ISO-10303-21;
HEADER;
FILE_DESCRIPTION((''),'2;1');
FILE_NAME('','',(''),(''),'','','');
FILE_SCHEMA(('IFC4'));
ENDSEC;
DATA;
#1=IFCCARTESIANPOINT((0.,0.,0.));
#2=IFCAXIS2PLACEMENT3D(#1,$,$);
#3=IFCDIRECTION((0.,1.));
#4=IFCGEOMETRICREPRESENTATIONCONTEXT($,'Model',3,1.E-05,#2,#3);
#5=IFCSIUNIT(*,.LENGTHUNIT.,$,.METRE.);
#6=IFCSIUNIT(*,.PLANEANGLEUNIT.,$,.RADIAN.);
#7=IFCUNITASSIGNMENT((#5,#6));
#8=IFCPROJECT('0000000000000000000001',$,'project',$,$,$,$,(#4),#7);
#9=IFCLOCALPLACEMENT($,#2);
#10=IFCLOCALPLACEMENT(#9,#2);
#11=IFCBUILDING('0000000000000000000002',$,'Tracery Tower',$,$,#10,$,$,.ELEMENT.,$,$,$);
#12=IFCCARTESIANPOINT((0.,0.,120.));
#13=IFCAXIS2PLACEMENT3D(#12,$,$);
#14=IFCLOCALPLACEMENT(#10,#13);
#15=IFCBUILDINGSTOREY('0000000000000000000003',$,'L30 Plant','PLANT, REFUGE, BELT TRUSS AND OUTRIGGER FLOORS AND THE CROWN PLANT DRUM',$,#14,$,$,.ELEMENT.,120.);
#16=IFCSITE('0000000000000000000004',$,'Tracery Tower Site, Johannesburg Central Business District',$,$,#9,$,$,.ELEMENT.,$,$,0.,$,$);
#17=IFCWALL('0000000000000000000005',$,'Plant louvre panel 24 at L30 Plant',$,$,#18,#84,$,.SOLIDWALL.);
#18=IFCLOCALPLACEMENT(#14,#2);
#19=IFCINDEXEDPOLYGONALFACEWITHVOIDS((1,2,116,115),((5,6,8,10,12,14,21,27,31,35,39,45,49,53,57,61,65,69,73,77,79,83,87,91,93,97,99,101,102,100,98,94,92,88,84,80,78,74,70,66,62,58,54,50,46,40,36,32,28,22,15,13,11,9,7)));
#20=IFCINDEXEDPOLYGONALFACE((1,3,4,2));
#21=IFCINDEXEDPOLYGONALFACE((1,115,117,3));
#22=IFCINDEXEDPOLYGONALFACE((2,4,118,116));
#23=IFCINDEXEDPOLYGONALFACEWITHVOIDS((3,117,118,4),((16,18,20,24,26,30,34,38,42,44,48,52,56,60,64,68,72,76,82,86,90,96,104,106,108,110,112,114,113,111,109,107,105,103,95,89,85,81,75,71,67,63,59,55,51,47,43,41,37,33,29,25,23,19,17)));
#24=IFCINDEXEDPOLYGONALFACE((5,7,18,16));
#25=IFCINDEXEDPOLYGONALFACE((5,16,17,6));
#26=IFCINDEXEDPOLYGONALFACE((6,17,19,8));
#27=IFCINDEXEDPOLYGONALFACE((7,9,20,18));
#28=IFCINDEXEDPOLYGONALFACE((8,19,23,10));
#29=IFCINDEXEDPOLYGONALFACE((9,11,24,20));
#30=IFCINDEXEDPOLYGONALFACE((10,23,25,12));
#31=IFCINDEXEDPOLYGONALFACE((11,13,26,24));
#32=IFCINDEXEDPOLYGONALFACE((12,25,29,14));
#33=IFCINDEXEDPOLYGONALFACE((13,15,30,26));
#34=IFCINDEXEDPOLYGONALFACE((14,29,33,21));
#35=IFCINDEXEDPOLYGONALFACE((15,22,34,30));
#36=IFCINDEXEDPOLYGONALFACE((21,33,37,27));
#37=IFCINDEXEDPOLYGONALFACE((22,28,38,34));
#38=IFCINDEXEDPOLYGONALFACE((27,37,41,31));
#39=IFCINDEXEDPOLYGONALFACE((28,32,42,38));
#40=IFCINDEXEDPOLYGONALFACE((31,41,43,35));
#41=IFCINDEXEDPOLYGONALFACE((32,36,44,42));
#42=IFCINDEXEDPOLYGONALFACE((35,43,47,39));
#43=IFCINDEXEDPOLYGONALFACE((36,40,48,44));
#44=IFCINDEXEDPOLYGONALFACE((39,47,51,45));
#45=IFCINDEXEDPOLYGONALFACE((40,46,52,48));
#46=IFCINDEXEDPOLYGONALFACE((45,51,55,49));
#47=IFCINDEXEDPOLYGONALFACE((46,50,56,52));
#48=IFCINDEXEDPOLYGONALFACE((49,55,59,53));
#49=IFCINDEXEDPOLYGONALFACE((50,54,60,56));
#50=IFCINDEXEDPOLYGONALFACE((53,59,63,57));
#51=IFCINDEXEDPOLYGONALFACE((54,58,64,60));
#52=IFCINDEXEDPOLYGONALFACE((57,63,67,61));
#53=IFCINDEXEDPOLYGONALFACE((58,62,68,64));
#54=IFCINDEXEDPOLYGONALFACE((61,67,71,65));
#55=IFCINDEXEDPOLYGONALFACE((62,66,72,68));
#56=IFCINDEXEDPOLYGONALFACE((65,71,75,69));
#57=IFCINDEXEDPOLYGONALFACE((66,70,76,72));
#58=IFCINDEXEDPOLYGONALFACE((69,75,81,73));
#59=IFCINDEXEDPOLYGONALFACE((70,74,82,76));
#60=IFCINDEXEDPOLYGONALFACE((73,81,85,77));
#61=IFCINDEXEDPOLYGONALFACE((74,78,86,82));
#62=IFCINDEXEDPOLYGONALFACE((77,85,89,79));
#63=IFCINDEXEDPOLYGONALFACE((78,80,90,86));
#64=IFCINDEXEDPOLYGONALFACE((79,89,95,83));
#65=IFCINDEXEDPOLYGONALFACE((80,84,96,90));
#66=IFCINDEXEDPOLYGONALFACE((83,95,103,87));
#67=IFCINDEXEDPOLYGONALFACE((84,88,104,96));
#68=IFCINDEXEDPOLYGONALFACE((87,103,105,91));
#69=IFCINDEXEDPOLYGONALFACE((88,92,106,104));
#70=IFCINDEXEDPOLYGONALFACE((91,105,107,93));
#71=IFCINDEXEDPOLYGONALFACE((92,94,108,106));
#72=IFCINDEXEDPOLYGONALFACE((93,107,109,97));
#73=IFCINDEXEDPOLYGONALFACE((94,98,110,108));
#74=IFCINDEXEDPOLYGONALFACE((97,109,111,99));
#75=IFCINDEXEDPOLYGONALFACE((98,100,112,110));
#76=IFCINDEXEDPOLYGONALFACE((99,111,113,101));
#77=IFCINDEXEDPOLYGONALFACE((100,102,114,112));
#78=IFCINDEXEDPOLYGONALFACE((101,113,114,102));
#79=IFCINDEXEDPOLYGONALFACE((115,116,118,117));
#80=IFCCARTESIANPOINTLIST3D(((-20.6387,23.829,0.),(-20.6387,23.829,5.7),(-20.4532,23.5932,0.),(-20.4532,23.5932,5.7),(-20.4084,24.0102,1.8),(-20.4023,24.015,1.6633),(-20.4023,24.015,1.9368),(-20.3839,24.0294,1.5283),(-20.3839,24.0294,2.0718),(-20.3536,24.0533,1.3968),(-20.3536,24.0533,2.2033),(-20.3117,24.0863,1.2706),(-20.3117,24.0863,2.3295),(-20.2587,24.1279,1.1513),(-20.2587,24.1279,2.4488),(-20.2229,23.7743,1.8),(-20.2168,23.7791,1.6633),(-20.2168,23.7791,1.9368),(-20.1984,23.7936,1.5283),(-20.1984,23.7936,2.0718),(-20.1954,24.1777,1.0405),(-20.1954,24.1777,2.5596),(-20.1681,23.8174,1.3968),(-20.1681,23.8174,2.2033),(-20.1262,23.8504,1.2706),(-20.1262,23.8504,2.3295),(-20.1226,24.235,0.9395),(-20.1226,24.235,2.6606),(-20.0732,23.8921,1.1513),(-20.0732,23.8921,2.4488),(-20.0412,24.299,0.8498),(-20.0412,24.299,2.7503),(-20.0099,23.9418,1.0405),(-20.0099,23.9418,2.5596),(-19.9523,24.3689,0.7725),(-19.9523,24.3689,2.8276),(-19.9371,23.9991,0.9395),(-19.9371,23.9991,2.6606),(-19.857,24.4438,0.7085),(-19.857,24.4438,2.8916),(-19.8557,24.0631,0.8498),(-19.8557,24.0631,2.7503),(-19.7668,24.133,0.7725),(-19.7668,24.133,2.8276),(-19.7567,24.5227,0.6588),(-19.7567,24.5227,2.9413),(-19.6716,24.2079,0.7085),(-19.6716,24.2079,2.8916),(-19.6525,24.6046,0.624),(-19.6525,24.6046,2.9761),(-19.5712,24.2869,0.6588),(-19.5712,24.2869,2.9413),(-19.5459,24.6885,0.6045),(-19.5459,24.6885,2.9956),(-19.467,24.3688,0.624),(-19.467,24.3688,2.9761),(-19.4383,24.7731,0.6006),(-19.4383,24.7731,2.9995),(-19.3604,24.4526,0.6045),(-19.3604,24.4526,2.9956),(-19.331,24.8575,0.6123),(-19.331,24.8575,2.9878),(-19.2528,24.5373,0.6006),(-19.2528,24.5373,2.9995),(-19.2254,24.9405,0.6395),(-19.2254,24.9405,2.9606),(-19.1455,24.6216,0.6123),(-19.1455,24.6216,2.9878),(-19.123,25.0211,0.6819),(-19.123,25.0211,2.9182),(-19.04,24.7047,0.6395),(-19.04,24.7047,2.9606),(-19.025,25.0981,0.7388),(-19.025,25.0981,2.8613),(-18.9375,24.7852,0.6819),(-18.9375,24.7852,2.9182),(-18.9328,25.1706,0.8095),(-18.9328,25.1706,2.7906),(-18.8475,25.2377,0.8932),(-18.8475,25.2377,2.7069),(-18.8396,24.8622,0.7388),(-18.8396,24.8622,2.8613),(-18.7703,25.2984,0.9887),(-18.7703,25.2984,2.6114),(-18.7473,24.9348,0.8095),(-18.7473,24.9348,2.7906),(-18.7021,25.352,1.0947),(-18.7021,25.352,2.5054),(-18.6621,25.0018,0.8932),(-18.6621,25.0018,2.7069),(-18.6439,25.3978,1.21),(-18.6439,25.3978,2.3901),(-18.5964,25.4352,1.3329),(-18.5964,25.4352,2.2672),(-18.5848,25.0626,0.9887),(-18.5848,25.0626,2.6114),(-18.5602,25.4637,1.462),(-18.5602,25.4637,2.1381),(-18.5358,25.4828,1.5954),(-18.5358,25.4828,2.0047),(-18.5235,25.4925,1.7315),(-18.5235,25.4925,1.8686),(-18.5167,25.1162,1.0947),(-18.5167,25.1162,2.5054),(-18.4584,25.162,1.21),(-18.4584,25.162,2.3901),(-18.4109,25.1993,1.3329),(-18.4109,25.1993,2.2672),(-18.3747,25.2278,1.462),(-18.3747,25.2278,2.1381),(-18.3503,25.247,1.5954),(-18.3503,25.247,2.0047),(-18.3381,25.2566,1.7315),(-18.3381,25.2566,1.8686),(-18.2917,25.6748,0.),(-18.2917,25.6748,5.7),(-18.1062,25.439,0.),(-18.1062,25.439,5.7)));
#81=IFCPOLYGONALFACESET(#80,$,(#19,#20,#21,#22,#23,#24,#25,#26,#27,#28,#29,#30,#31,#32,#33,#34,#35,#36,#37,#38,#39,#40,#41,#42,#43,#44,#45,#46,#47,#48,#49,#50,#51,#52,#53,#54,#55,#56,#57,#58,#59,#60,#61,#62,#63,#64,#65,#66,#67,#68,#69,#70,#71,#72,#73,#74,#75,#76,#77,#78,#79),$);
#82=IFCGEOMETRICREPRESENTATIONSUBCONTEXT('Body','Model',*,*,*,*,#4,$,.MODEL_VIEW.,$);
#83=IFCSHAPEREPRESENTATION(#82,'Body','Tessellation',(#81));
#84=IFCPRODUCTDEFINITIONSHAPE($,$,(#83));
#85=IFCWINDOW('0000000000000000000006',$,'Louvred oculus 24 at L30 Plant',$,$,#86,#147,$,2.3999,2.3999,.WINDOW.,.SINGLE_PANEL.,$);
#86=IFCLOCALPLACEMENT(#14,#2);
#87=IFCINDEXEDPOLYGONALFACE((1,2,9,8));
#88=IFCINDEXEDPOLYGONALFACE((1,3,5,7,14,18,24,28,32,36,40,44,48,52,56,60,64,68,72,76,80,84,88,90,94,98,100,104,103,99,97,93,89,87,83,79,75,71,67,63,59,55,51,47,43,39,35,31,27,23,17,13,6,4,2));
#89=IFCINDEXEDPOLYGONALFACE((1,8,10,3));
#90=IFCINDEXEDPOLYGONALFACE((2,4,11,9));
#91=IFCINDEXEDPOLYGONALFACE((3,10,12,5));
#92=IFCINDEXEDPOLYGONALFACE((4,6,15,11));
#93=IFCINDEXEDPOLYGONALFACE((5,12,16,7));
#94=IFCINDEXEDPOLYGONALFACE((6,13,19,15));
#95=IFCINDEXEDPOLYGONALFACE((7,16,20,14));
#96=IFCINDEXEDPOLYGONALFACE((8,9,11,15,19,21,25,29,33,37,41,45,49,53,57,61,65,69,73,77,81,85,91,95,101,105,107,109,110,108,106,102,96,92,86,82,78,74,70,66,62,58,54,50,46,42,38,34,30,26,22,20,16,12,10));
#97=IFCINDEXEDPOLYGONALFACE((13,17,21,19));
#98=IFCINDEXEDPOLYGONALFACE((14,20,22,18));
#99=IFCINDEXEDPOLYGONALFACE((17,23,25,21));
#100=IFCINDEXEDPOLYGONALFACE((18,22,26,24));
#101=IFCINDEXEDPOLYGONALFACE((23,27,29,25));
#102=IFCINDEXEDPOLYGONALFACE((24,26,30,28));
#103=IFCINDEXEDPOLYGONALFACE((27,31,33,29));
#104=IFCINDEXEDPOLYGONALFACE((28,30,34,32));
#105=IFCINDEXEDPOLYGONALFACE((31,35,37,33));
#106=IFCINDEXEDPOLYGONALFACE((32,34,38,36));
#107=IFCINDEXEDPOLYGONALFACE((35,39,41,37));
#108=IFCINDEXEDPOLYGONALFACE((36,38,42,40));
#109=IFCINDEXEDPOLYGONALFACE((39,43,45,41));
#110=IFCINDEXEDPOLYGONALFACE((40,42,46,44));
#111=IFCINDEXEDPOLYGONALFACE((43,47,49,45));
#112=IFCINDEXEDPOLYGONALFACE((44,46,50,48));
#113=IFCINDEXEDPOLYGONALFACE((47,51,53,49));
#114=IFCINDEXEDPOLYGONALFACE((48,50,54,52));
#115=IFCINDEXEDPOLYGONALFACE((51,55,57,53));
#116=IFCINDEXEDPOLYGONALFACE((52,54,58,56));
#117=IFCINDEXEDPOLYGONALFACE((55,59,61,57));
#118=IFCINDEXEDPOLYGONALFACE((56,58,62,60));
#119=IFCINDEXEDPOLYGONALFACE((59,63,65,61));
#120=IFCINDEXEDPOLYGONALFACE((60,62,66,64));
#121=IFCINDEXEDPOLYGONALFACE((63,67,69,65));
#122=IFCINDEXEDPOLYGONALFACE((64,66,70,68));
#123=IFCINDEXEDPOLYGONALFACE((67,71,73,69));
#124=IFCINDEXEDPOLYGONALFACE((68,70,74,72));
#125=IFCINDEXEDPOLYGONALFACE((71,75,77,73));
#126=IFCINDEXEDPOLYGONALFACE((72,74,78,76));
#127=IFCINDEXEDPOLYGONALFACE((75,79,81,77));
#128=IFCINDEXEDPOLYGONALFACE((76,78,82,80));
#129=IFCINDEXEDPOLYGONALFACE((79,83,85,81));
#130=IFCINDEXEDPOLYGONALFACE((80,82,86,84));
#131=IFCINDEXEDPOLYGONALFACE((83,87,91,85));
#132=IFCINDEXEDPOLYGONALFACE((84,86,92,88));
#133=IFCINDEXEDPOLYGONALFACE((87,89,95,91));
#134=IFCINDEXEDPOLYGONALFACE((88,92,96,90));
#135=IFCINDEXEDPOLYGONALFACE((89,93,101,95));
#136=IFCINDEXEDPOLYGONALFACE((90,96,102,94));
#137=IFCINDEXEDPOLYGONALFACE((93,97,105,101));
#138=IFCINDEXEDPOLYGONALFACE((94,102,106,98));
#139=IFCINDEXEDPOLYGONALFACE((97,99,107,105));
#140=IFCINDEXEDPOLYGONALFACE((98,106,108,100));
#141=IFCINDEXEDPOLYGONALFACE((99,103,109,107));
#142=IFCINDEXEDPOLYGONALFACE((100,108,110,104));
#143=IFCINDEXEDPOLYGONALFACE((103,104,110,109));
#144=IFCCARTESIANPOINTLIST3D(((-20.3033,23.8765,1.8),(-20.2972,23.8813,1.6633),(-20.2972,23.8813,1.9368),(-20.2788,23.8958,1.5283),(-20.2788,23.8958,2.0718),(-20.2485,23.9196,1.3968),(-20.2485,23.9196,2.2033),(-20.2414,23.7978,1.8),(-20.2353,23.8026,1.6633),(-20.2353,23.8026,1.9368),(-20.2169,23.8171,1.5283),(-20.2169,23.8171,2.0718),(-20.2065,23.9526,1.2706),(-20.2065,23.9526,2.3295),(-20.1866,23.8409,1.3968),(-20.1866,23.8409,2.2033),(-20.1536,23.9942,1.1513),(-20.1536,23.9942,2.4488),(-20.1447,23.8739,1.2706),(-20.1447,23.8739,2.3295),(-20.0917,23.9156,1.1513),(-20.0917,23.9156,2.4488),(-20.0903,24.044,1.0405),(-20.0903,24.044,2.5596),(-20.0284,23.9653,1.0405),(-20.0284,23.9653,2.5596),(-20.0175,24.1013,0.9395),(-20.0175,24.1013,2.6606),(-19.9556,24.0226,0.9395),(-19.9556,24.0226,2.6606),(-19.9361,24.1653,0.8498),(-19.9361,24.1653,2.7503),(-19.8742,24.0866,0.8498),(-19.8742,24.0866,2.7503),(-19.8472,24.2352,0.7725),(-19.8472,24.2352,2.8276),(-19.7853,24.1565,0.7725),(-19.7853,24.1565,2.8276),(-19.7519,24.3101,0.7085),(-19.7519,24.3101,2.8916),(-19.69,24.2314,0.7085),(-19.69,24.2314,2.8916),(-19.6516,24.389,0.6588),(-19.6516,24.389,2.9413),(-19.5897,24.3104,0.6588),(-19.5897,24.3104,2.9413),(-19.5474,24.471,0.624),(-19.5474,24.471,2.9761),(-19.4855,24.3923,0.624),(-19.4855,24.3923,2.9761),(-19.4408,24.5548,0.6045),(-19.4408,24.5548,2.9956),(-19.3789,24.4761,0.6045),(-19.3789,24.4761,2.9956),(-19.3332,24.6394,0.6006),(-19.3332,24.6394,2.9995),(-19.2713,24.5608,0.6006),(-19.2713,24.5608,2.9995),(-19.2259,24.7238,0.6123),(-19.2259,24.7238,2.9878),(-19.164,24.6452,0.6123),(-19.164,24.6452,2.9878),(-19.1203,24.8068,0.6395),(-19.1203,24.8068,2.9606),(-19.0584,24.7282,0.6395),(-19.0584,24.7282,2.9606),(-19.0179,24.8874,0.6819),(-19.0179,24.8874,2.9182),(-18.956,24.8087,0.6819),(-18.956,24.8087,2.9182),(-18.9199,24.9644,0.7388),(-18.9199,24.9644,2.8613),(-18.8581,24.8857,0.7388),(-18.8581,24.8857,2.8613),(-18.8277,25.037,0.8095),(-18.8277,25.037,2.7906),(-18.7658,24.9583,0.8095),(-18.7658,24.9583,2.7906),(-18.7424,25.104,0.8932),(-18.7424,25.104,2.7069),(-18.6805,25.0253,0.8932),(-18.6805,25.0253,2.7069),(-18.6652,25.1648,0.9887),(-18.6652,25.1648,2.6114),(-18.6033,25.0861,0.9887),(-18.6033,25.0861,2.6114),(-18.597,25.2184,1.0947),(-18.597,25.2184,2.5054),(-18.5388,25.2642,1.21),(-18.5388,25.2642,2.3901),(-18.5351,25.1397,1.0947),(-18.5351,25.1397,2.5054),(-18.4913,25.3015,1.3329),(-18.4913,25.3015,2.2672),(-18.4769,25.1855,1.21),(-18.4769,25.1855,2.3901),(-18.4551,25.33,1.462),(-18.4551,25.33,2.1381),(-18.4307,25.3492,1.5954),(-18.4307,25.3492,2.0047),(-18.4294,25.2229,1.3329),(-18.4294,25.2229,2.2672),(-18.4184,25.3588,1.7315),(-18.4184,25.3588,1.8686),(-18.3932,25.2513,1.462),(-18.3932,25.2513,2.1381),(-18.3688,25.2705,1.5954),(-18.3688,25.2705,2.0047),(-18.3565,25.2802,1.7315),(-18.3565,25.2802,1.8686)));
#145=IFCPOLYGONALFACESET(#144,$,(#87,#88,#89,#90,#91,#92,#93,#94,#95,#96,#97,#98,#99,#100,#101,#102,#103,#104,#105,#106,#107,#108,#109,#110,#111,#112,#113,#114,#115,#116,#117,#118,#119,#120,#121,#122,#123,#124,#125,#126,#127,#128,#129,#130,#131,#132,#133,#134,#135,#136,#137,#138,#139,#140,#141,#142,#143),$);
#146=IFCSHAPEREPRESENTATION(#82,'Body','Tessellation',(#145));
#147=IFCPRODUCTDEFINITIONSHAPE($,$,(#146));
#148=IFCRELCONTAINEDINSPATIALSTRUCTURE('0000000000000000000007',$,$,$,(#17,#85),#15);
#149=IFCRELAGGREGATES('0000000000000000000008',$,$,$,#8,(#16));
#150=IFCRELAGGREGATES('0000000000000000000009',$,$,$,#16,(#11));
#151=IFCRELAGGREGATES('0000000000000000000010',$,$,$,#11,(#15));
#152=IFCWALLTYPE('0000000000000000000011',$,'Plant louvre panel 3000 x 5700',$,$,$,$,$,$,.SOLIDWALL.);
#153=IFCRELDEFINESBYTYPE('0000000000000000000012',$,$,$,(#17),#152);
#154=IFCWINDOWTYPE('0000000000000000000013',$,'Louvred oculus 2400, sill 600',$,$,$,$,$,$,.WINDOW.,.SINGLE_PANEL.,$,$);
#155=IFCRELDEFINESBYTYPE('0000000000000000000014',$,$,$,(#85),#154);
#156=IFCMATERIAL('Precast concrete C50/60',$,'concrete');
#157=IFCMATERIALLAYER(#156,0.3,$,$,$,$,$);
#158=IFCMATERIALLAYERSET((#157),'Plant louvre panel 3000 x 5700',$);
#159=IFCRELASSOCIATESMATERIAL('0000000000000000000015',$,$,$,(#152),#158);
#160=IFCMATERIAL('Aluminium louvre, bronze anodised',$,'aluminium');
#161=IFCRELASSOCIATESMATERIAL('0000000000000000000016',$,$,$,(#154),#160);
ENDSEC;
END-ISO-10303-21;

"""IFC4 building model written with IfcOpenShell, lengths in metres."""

from ifc_helpers import new_model, si_unit, direction, frame, frame_2d, origin, origin_2d, place, context, subcontext, project, spatial, rectangle, circle, extrude, material, layer, layer_set, type_object, element, fill, save


model = new_model("IFC4")

# Units and contexts
model_context = context("Model", 3, precision=1e-05, world=origin(), true_north=direction((0.0, 1.0)))
body_context = subcontext(model_context, "Body", "Model", "MODEL_VIEW")
ifc_project = project(units=[si_unit("LENGTHUNIT", "METRE"), si_unit("PLANEANGLEUNIT", "RADIAN")], contexts=[model_context])

# Site, building, storey
site_placement = place(None, origin())
site = spatial("IfcSite", under=ifc_project, at=site_placement, Name="Tracery Tower Site, Johannesburg Central Business District", CompositionType="ELEMENT", RefElevation=0.0)
building_placement = place(site_placement, origin())
building = spatial("IfcBuilding", under=site, at=building_placement, Name="Tracery Tower", CompositionType="ELEMENT")
storey_placement = place(building_placement, frame((0.0, 0.0, 120.0)))
storey = spatial("IfcBuildingStorey", under=building, at=storey_placement, Name="L30 Plant", Description="PLANT, REFUGE, BELT TRUSS AND OUTRIGGER FLOORS AND THE CROWN PLANT DRUM", CompositionType="ELEMENT", Elevation=120.0)

# Wall, opening, window
ifc_material_1 = material(Name="Precast concrete C50/60", Category="concrete")
ifc_layer_1 = layer(ifc_material_1, 0.3)
ifc_layer_set_1 = layer_set([ifc_layer_1], Name="Plant louvre panel 3000 x 5700")
wall_type_1 = type_object("IfcWallType", Name="Plant louvre panel 3000 x 5700", PredefinedType="SOLIDWALL", material=ifc_layer_set_1)
wall_1_placement = place(storey_placement, frame((-18.199, 25.5569, 0.0), z_axis=(0.0, 0.0, 1.0), x_axis=(-0.786043, -0.618172, 0.0)))
wall_1 = element("IfcWall", 1, at=wall_1_placement, inside=storey, type_object=wall_type_1, Name="Plant louvre panel 24 at L30 Plant", PredefinedType="SOLIDWALL", context=body_context, shape_type="SweptSolid", body=[
    extrude(rectangle(XDim=2.9858, YDim=0.3, at=frame_2d((1.4929, 0.0))), origin(), (0.0, 0.0, 1.0), 5.7),
])
opening_1_placement = place(wall_1_placement, frame((1.4929, 0.0, 1.8)))
opening_1 = element("IfcOpeningElement", 2, at=opening_1_placement, cuts=wall_1, PredefinedType="OPENING", context=body_context, shape_type="SweptSolid", body=[
    extrude(circle(Radius=1.2, at=origin_2d()), frame((0.0, 0.1599, 0.0), z_axis=(0.0, -1.0, 0.0), x_axis=(1.0, 0.0, 0.0)), (0.0, 0.0, 1.0), 0.3201),
])
ifc_material_2 = material(Name="Aluminium louvre, bronze anodised", Category="aluminium")
window_type = type_object("IfcWindowType", Name="Louvred oculus 2400, sill 600", PartitioningType="SINGLE_PANEL", PredefinedType="WINDOW", material=ifc_material_2)
window_1_placement = place(opening_1_placement, origin())
window_1 = element("IfcWindow", 3, at=window_1_placement, inside=storey, type_object=window_type, Name="Louvred oculus 24 at L30 Plant", OverallHeight=2.3999, OverallWidth=2.3999, PartitioningType="SINGLE_PANEL", PredefinedType="WINDOW", context=body_context, shape_type="SweptSolid", body=[
    extrude(circle(Radius=1.2, at=origin_2d()), frame((0.0, 0.1201, 0.0), z_axis=(0.0, -1.0, 0.0), x_axis=(1.0, 0.0, 0.0)), (0.0, 0.0, 1.0), 0.1001),
])
fill(opening_1, window_1)

save(model, "model.ifc")
